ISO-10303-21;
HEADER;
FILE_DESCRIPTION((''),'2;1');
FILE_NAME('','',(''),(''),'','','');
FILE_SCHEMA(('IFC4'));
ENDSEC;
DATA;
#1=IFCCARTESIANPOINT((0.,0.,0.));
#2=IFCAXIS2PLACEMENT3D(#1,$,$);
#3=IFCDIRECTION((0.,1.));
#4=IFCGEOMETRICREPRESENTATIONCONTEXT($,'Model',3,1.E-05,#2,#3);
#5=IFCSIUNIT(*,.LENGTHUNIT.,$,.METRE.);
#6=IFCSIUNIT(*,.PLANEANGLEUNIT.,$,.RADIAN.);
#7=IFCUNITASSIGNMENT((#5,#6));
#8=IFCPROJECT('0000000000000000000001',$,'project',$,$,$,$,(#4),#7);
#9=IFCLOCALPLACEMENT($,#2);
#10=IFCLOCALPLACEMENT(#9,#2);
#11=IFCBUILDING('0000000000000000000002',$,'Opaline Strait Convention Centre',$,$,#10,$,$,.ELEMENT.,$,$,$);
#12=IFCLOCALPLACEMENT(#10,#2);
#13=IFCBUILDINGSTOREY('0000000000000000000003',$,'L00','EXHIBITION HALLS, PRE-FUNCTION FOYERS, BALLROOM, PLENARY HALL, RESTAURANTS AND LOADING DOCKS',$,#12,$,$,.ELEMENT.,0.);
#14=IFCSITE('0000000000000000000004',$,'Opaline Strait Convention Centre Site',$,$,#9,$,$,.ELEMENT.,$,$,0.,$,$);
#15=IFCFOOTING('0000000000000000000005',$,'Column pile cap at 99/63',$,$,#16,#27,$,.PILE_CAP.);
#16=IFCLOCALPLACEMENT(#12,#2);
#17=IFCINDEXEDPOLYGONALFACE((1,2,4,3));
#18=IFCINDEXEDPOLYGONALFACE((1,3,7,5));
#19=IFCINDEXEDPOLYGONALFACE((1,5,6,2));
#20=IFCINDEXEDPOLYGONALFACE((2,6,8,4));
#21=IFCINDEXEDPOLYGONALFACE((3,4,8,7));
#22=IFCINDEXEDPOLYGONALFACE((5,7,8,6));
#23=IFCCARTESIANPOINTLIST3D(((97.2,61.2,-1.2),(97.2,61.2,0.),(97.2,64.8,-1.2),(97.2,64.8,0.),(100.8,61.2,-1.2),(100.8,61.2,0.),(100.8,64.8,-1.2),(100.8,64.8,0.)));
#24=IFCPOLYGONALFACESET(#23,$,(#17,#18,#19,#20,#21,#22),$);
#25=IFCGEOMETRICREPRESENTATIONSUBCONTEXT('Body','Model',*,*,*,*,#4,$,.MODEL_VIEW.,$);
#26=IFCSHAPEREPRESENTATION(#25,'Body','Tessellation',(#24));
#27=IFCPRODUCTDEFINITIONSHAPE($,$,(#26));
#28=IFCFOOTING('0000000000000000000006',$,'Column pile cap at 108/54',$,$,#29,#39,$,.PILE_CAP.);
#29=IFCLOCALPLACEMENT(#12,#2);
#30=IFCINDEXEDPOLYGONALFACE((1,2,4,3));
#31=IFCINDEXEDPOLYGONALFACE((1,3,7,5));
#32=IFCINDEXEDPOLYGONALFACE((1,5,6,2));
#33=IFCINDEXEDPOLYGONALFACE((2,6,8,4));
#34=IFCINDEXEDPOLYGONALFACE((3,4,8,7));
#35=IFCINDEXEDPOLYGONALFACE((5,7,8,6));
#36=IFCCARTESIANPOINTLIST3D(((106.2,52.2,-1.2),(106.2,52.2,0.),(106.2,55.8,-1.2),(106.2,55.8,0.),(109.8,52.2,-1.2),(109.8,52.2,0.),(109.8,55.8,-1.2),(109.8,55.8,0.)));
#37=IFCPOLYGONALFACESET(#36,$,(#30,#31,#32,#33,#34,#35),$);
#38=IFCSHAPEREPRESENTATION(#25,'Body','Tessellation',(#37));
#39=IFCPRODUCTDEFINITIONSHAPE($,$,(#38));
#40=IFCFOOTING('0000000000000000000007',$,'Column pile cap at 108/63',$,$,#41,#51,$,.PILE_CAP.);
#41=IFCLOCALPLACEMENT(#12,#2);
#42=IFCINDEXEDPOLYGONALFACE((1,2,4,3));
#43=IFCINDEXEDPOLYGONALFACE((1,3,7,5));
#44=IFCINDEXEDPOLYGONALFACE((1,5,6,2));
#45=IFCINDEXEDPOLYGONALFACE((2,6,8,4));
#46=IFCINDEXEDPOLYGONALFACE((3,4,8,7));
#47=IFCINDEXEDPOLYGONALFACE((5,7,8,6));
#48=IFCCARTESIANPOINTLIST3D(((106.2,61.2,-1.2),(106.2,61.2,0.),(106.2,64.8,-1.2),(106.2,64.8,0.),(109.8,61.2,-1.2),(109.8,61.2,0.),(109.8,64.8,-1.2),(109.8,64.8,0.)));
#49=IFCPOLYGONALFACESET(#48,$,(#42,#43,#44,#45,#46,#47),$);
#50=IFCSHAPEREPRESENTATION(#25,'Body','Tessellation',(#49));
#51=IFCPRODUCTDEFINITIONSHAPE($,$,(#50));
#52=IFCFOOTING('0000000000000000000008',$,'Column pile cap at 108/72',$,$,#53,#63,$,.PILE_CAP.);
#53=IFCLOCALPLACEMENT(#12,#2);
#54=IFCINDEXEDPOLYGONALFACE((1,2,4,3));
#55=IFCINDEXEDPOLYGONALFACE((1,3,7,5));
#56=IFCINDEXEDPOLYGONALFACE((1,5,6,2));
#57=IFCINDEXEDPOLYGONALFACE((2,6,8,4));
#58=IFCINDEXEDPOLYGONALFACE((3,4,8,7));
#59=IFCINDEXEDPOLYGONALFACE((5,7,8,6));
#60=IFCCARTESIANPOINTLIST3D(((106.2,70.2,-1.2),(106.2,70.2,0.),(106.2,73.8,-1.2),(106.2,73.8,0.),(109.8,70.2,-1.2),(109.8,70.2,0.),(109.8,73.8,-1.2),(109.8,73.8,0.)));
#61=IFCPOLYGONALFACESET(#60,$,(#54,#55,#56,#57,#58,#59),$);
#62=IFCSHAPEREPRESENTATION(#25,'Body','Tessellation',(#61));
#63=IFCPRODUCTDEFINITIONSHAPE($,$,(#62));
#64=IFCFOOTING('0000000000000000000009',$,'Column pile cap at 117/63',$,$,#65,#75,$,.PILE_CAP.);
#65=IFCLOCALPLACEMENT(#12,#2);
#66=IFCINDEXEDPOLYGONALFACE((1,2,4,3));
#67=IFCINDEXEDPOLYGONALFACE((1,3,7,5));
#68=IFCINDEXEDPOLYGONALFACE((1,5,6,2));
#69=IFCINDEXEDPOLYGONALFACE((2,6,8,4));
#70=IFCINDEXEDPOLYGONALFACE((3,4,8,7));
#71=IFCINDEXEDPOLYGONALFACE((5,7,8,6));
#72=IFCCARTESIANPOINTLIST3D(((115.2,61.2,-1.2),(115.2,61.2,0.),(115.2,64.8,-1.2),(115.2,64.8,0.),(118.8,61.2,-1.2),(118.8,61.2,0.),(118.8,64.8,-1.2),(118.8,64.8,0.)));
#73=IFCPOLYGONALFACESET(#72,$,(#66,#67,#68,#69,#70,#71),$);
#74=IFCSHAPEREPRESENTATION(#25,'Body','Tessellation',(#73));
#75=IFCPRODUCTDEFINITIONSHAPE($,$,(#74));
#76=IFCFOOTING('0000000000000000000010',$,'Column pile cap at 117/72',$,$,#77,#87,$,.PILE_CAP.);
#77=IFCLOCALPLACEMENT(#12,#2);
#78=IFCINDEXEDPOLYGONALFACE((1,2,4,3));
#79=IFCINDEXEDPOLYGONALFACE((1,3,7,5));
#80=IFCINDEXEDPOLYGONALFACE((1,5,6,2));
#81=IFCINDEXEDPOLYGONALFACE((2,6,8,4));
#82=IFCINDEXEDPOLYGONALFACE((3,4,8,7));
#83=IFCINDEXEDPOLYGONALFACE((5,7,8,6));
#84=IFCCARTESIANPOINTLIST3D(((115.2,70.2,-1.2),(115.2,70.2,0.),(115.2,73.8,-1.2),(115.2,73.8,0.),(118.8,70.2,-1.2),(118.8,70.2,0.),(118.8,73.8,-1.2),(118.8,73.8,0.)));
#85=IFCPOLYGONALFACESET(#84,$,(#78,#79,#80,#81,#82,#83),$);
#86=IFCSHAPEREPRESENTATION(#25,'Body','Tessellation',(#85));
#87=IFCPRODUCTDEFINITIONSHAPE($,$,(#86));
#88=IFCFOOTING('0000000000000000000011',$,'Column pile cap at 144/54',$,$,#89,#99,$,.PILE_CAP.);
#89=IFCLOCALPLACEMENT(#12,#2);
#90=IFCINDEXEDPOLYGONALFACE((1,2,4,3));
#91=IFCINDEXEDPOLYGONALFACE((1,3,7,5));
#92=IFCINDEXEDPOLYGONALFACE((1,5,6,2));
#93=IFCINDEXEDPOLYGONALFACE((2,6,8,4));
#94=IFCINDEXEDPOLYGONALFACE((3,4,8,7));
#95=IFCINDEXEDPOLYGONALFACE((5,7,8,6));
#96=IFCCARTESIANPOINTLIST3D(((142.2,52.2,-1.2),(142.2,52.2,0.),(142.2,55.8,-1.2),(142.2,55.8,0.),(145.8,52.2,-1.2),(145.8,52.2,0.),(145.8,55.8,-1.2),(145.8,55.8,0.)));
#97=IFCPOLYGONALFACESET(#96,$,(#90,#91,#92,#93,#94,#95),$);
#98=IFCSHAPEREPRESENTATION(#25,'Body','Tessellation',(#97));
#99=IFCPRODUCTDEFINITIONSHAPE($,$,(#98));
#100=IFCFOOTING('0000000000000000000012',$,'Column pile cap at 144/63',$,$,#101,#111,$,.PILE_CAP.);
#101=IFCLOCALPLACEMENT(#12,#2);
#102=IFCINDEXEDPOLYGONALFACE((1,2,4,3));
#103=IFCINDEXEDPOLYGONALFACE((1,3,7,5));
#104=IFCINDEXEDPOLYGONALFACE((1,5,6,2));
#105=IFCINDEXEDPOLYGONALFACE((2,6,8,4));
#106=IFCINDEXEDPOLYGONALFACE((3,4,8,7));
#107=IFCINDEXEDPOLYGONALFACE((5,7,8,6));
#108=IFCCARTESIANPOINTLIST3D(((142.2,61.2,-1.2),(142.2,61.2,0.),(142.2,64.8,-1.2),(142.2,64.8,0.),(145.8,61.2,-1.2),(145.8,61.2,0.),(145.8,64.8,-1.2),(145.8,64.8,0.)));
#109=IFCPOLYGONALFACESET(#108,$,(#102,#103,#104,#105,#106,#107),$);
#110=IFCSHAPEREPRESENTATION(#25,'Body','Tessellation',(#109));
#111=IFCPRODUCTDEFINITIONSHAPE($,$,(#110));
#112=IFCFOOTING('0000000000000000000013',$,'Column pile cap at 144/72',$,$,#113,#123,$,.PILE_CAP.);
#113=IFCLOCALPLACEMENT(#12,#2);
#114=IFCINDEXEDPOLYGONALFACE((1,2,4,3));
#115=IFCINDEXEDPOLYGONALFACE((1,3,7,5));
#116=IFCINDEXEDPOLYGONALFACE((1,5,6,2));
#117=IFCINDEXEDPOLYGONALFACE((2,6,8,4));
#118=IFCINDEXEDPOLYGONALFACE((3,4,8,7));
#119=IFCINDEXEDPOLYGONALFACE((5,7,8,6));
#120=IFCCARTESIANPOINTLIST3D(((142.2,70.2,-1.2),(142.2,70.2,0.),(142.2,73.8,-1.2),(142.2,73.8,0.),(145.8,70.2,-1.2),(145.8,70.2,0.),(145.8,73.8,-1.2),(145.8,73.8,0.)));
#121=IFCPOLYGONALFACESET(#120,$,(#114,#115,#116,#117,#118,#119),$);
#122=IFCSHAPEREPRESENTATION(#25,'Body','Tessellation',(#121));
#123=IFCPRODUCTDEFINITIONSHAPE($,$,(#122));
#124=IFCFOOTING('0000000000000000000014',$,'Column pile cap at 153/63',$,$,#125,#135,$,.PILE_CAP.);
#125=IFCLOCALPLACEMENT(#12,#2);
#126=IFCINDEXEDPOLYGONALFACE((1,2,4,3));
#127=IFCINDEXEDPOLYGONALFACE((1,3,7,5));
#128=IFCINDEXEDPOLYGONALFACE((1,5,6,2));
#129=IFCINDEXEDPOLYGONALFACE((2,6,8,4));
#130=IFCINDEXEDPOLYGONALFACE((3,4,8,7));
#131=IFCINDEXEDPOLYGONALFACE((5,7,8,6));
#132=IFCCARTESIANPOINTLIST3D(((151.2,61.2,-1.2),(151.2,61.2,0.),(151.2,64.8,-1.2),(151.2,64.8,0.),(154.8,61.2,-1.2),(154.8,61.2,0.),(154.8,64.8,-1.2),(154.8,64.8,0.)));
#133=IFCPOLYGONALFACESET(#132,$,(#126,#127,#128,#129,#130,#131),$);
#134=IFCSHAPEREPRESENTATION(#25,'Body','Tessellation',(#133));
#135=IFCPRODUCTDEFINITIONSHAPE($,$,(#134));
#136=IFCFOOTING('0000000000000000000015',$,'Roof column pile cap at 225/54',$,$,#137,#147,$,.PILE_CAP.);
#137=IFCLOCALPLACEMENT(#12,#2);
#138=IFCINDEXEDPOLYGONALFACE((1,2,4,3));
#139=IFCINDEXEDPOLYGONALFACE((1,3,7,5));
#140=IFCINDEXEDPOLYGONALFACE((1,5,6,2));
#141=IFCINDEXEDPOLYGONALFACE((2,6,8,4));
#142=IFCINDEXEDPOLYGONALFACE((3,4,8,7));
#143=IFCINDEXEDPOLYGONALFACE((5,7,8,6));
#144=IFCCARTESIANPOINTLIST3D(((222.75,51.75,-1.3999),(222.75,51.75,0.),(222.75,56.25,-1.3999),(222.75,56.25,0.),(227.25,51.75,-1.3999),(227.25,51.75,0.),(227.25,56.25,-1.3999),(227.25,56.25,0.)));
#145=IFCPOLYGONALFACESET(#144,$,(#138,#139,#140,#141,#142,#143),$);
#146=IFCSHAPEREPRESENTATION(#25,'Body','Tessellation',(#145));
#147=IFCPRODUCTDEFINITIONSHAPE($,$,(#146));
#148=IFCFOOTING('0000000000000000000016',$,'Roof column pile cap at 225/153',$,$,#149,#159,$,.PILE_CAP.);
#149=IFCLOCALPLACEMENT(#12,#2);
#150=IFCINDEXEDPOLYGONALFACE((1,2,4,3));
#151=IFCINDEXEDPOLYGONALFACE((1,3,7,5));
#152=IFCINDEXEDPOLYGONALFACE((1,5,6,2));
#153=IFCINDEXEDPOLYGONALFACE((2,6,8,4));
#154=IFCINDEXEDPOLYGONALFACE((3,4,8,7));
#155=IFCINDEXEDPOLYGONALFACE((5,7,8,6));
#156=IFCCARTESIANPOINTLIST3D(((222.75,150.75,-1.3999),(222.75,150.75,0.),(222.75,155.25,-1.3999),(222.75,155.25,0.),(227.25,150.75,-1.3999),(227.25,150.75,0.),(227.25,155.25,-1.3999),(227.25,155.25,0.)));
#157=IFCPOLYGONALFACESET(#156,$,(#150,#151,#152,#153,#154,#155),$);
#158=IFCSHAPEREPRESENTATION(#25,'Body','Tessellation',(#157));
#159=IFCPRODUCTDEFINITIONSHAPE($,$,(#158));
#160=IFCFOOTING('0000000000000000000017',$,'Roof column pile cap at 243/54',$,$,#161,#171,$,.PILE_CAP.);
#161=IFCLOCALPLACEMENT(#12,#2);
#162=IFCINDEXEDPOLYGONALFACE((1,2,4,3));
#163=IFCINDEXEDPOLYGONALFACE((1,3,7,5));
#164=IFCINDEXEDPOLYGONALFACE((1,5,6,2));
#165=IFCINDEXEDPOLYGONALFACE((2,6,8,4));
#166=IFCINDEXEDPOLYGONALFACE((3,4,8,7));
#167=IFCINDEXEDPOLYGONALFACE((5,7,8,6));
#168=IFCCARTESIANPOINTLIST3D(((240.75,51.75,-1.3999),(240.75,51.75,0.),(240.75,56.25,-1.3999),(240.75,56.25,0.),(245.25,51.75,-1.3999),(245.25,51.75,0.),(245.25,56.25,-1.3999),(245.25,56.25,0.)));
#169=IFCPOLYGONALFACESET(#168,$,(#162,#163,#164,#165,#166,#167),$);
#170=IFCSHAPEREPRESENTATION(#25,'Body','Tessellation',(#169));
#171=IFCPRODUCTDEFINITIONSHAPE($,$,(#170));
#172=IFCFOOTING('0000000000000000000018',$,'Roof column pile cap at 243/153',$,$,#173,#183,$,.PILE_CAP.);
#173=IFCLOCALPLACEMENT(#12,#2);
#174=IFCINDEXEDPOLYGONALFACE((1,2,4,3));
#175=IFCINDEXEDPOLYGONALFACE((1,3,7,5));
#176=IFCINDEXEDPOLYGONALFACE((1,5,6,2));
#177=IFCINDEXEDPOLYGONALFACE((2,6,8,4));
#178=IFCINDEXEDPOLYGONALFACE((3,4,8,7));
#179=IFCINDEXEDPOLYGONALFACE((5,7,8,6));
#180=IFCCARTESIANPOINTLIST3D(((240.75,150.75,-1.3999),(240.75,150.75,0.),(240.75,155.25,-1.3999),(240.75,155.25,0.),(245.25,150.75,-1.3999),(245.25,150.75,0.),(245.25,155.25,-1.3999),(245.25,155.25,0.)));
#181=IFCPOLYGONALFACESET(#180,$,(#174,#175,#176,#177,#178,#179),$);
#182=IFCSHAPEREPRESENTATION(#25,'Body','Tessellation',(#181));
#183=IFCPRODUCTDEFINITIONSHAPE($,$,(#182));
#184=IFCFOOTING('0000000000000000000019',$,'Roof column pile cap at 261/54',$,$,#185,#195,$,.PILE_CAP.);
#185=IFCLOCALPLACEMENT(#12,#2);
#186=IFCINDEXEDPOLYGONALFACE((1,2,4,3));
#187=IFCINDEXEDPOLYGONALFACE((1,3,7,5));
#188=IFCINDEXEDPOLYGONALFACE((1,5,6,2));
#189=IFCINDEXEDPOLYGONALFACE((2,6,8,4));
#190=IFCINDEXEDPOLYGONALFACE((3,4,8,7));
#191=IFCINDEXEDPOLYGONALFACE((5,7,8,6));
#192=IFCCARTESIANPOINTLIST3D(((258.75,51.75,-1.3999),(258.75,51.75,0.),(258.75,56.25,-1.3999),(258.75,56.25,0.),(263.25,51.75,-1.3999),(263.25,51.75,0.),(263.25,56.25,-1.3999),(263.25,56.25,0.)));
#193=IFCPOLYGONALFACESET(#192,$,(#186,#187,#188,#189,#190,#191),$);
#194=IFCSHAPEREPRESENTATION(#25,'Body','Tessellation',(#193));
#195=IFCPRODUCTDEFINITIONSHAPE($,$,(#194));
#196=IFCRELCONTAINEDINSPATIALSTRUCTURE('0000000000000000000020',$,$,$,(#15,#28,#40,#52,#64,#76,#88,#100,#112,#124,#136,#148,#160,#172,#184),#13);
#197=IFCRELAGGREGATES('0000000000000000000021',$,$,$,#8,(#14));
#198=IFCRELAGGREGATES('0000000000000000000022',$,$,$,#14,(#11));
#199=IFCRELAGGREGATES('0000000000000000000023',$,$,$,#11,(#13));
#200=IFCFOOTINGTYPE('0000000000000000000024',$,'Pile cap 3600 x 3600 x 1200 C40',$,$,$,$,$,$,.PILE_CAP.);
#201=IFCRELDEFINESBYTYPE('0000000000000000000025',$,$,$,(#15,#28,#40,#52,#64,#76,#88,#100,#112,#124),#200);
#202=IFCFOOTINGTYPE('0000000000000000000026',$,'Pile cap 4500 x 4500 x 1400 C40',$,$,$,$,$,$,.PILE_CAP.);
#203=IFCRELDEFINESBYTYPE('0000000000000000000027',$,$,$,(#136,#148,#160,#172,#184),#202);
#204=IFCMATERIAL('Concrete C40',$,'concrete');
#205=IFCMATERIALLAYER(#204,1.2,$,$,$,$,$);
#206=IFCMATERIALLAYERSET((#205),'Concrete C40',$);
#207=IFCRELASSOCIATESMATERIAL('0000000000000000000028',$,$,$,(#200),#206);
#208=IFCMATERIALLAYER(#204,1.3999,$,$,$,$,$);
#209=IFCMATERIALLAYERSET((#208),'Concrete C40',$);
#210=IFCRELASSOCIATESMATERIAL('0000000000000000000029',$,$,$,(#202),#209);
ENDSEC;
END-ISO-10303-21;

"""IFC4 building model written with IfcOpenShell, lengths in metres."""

from ifc_helpers import new_model, si_unit, direction, frame, origin, place, context, subcontext, project, spatial, polyline, outline, extrude, material, layer, layer_set, type_object, element, save


model = new_model("IFC4")

# Units and contexts
model_context = context("Model", 3, precision=1e-05, world=origin(), true_north=direction((0.0, 1.0)))
body_context = subcontext(model_context, "Body", "Model", "MODEL_VIEW")
ifc_project = project(units=[si_unit("LENGTHUNIT", "METRE"), si_unit("PLANEANGLEUNIT", "RADIAN")], contexts=[model_context])

# Site, building, storey
site_placement = place(None, origin())
site = spatial("IfcSite", under=ifc_project, at=site_placement, Name="Opaline Strait Convention Centre Site", CompositionType="ELEMENT", RefElevation=0.0)
building_placement = place(site_placement, origin())
building = spatial("IfcBuilding", under=site, at=building_placement, Name="Opaline Strait Convention Centre", CompositionType="ELEMENT")
storey_placement = place(building_placement, origin())
storey = spatial("IfcBuildingStorey", under=building, at=storey_placement, Name="L00", Description="EXHIBITION HALLS, PRE-FUNCTION FOYERS, BALLROOM, PLENARY HALL, RESTAURANTS AND LOADING DOCKS", CompositionType="ELEMENT", Elevation=0.0)

# Footings
ifc_material_1 = material(Name="Concrete C40", Category="concrete")
ifc_layer_1 = layer(ifc_material_1, 1.2)
ifc_layer_set_1 = layer_set([ifc_layer_1], Name="Concrete C40")
footing_type_1 = type_object("IfcFootingType", Name="Pile cap 3600 x 3600 x 1200 C40", PredefinedType="PILE_CAP", material=ifc_layer_set_1)
footing_1_placement = place(storey_placement, frame((0.0, 0.0, -1.2)))
element("IfcFooting", 1, at=footing_1_placement, inside=storey, type_object=footing_type_1, Name="Column pile cap at 99/63", PredefinedType="PILE_CAP", context=body_context, shape_type="SweptSolid", body=[
    extrude(outline(polyline([(97.2, 61.2), (100.8, 61.2), (100.8, 64.8), (97.2, 64.8), (97.2, 61.2)])), origin(), (0.0, 0.0, 1.0), 1.2),
])
footing_2_placement = place(storey_placement, frame((0.0, 0.0, -1.2)))
element("IfcFooting", 2, at=footing_2_placement, inside=storey, type_object=footing_type_1, Name="Column pile cap at 108/54", PredefinedType="PILE_CAP", context=body_context, shape_type="SweptSolid", body=[
    extrude(outline(polyline([(106.2, 52.2), (109.8, 52.2), (109.8, 55.8), (106.2, 55.8), (106.2, 52.2)])), origin(), (0.0, 0.0, 1.0), 1.2),
])
footing_3_placement = place(storey_placement, frame((0.0, 0.0, -1.2)))
element("IfcFooting", 3, at=footing_3_placement, inside=storey, type_object=footing_type_1, Name="Column pile cap at 108/63", PredefinedType="PILE_CAP", context=body_context, shape_type="SweptSolid", body=[
    extrude(outline(polyline([(106.2, 61.2), (109.8, 61.2), (109.8, 64.8), (106.2, 64.8), (106.2, 61.2)])), origin(), (0.0, 0.0, 1.0), 1.2),
])
footing_4_placement = place(storey_placement, frame((0.0, 0.0, -1.2)))
element("IfcFooting", 4, at=footing_4_placement, inside=storey, type_object=footing_type_1, Name="Column pile cap at 108/72", PredefinedType="PILE_CAP", context=body_context, shape_type="SweptSolid", body=[
    extrude(outline(polyline([(106.2, 70.2), (109.8, 70.2), (109.8, 73.8), (106.2, 73.8), (106.2, 70.2)])), origin(), (0.0, 0.0, 1.0), 1.2),
])
footing_5_placement = place(storey_placement, frame((0.0, 0.0, -1.2)))
element("IfcFooting", 5, at=footing_5_placement, inside=storey, type_object=footing_type_1, Name="Column pile cap at 117/63", PredefinedType="PILE_CAP", context=body_context, shape_type="SweptSolid", body=[
    extrude(outline(polyline([(115.2, 61.2), (118.8, 61.2), (118.8, 64.8), (115.2, 64.8), (115.2, 61.2)])), origin(), (0.0, 0.0, 1.0), 1.2),
])
footing_6_placement = place(storey_placement, frame((0.0, 0.0, -1.2)))
element("IfcFooting", 6, at=footing_6_placement, inside=storey, type_object=footing_type_1, Name="Column pile cap at 117/72", PredefinedType="PILE_CAP", context=body_context, shape_type="SweptSolid", body=[
    extrude(outline(polyline([(115.2, 70.2), (118.8, 70.2), (118.8, 73.8), (115.2, 73.8), (115.2, 70.2)])), origin(), (0.0, 0.0, 1.0), 1.2),
])
footing_7_placement = place(storey_placement, frame((0.0, 0.0, -1.2)))
element("IfcFooting", 7, at=footing_7_placement, inside=storey, type_object=footing_type_1, Name="Column pile cap at 144/54", PredefinedType="PILE_CAP", context=body_context, shape_type="SweptSolid", body=[
    extrude(outline(polyline([(142.2, 52.2), (145.8, 52.2), (145.8, 55.8), (142.2, 55.8), (142.2, 52.2)])), origin(), (0.0, 0.0, 1.0), 1.2),
])
footing_8_placement = place(storey_placement, frame((0.0, 0.0, -1.2)))
element("IfcFooting", 8, at=footing_8_placement, inside=storey, type_object=footing_type_1, Name="Column pile cap at 144/63", PredefinedType="PILE_CAP", context=body_context, shape_type="SweptSolid", body=[
    extrude(outline(polyline([(142.2, 61.2), (145.8, 61.2), (145.8, 64.8), (142.2, 64.8), (142.2, 61.2)])), origin(), (0.0, 0.0, 1.0), 1.2),
])
footing_9_placement = place(storey_placement, frame((0.0, 0.0, -1.2)))
element("IfcFooting", 9, at=footing_9_placement, inside=storey, type_object=footing_type_1, Name="Column pile cap at 144/72", PredefinedType="PILE_CAP", context=body_context, shape_type="SweptSolid", body=[
    extrude(outline(polyline([(142.2, 70.2), (145.8, 70.2), (145.8, 73.8), (142.2, 73.8), (142.2, 70.2)])), origin(), (0.0, 0.0, 1.0), 1.2),
])
footing_10_placement = place(storey_placement, frame((0.0, 0.0, -1.2)))
element("IfcFooting", 10, at=footing_10_placement, inside=storey, type_object=footing_type_1, Name="Column pile cap at 153/63", PredefinedType="PILE_CAP", context=body_context, shape_type="SweptSolid", body=[
    extrude(outline(polyline([(151.2, 61.2), (154.8, 61.2), (154.8, 64.8), (151.2, 64.8), (151.2, 61.2)])), origin(), (0.0, 0.0, 1.0), 1.2),
])
ifc_layer_2 = layer(ifc_material_1, 1.3999)
ifc_layer_set_2 = layer_set([ifc_layer_2], Name="Concrete C40")
footing_type_2 = type_object("IfcFootingType", Name="Pile cap 4500 x 4500 x 1400 C40", PredefinedType="PILE_CAP", material=ifc_layer_set_2)
footing_11_placement = place(storey_placement, frame((0.0, 0.0, -1.3999)))
element("IfcFooting", 11, at=footing_11_placement, inside=storey, type_object=footing_type_2, Name="Roof column pile cap at 225/54", PredefinedType="PILE_CAP", context=body_context, shape_type="SweptSolid", body=[
    extrude(outline(polyline([(222.75, 51.75), (227.25, 51.75), (227.25, 56.25), (222.75, 56.25), (222.75, 51.75)])), origin(), (0.0, 0.0, 1.0), 1.3999),
])
footing_12_placement = place(storey_placement, frame((0.0, 0.0, -1.3999)))
element("IfcFooting", 12, at=footing_12_placement, inside=storey, type_object=footing_type_2, Name="Roof column pile cap at 225/153", PredefinedType="PILE_CAP", context=body_context, shape_type="SweptSolid", body=[
    extrude(outline(polyline([(222.75, 150.75), (227.25, 150.75), (227.25, 155.25), (222.75, 155.25), (222.75, 150.75)])), origin(), (0.0, 0.0, 1.0), 1.3999),
])
footing_13_placement = place(storey_placement, frame((0.0, 0.0, -1.3999)))
element("IfcFooting", 13, at=footing_13_placement, inside=storey, type_object=footing_type_2, Name="Roof column pile cap at 243/54", PredefinedType="PILE_CAP", context=body_context, shape_type="SweptSolid", body=[
    extrude(outline(polyline([(240.75, 51.75), (245.25, 51.75), (245.25, 56.25), (240.75, 56.25), (240.75, 51.75)])), origin(), (0.0, 0.0, 1.0), 1.3999),
])
footing_14_placement = place(storey_placement, frame((0.0, 0.0, -1.3999)))
element("IfcFooting", 14, at=footing_14_placement, inside=storey, type_object=footing_type_2, Name="Roof column pile cap at 243/153", PredefinedType="PILE_CAP", context=body_context, shape_type="SweptSolid", body=[
    extrude(outline(polyline([(240.75, 150.75), (245.25, 150.75), (245.25, 155.25), (240.75, 155.25), (240.75, 150.75)])), origin(), (0.0, 0.0, 1.0), 1.3999),
])
footing_15_placement = place(storey_placement, frame((0.0, 0.0, -1.3999)))
element("IfcFooting", 15, at=footing_15_placement, inside=storey, type_object=footing_type_2, Name="Roof column pile cap at 261/54", PredefinedType="PILE_CAP", context=body_context, shape_type="SweptSolid", body=[
    extrude(outline(polyline([(258.75, 51.75), (263.25, 51.75), (263.25, 56.25), (258.75, 56.25), (258.75, 51.75)])), origin(), (0.0, 0.0, 1.0), 1.3999),
])

save(model, "model.ifc")
